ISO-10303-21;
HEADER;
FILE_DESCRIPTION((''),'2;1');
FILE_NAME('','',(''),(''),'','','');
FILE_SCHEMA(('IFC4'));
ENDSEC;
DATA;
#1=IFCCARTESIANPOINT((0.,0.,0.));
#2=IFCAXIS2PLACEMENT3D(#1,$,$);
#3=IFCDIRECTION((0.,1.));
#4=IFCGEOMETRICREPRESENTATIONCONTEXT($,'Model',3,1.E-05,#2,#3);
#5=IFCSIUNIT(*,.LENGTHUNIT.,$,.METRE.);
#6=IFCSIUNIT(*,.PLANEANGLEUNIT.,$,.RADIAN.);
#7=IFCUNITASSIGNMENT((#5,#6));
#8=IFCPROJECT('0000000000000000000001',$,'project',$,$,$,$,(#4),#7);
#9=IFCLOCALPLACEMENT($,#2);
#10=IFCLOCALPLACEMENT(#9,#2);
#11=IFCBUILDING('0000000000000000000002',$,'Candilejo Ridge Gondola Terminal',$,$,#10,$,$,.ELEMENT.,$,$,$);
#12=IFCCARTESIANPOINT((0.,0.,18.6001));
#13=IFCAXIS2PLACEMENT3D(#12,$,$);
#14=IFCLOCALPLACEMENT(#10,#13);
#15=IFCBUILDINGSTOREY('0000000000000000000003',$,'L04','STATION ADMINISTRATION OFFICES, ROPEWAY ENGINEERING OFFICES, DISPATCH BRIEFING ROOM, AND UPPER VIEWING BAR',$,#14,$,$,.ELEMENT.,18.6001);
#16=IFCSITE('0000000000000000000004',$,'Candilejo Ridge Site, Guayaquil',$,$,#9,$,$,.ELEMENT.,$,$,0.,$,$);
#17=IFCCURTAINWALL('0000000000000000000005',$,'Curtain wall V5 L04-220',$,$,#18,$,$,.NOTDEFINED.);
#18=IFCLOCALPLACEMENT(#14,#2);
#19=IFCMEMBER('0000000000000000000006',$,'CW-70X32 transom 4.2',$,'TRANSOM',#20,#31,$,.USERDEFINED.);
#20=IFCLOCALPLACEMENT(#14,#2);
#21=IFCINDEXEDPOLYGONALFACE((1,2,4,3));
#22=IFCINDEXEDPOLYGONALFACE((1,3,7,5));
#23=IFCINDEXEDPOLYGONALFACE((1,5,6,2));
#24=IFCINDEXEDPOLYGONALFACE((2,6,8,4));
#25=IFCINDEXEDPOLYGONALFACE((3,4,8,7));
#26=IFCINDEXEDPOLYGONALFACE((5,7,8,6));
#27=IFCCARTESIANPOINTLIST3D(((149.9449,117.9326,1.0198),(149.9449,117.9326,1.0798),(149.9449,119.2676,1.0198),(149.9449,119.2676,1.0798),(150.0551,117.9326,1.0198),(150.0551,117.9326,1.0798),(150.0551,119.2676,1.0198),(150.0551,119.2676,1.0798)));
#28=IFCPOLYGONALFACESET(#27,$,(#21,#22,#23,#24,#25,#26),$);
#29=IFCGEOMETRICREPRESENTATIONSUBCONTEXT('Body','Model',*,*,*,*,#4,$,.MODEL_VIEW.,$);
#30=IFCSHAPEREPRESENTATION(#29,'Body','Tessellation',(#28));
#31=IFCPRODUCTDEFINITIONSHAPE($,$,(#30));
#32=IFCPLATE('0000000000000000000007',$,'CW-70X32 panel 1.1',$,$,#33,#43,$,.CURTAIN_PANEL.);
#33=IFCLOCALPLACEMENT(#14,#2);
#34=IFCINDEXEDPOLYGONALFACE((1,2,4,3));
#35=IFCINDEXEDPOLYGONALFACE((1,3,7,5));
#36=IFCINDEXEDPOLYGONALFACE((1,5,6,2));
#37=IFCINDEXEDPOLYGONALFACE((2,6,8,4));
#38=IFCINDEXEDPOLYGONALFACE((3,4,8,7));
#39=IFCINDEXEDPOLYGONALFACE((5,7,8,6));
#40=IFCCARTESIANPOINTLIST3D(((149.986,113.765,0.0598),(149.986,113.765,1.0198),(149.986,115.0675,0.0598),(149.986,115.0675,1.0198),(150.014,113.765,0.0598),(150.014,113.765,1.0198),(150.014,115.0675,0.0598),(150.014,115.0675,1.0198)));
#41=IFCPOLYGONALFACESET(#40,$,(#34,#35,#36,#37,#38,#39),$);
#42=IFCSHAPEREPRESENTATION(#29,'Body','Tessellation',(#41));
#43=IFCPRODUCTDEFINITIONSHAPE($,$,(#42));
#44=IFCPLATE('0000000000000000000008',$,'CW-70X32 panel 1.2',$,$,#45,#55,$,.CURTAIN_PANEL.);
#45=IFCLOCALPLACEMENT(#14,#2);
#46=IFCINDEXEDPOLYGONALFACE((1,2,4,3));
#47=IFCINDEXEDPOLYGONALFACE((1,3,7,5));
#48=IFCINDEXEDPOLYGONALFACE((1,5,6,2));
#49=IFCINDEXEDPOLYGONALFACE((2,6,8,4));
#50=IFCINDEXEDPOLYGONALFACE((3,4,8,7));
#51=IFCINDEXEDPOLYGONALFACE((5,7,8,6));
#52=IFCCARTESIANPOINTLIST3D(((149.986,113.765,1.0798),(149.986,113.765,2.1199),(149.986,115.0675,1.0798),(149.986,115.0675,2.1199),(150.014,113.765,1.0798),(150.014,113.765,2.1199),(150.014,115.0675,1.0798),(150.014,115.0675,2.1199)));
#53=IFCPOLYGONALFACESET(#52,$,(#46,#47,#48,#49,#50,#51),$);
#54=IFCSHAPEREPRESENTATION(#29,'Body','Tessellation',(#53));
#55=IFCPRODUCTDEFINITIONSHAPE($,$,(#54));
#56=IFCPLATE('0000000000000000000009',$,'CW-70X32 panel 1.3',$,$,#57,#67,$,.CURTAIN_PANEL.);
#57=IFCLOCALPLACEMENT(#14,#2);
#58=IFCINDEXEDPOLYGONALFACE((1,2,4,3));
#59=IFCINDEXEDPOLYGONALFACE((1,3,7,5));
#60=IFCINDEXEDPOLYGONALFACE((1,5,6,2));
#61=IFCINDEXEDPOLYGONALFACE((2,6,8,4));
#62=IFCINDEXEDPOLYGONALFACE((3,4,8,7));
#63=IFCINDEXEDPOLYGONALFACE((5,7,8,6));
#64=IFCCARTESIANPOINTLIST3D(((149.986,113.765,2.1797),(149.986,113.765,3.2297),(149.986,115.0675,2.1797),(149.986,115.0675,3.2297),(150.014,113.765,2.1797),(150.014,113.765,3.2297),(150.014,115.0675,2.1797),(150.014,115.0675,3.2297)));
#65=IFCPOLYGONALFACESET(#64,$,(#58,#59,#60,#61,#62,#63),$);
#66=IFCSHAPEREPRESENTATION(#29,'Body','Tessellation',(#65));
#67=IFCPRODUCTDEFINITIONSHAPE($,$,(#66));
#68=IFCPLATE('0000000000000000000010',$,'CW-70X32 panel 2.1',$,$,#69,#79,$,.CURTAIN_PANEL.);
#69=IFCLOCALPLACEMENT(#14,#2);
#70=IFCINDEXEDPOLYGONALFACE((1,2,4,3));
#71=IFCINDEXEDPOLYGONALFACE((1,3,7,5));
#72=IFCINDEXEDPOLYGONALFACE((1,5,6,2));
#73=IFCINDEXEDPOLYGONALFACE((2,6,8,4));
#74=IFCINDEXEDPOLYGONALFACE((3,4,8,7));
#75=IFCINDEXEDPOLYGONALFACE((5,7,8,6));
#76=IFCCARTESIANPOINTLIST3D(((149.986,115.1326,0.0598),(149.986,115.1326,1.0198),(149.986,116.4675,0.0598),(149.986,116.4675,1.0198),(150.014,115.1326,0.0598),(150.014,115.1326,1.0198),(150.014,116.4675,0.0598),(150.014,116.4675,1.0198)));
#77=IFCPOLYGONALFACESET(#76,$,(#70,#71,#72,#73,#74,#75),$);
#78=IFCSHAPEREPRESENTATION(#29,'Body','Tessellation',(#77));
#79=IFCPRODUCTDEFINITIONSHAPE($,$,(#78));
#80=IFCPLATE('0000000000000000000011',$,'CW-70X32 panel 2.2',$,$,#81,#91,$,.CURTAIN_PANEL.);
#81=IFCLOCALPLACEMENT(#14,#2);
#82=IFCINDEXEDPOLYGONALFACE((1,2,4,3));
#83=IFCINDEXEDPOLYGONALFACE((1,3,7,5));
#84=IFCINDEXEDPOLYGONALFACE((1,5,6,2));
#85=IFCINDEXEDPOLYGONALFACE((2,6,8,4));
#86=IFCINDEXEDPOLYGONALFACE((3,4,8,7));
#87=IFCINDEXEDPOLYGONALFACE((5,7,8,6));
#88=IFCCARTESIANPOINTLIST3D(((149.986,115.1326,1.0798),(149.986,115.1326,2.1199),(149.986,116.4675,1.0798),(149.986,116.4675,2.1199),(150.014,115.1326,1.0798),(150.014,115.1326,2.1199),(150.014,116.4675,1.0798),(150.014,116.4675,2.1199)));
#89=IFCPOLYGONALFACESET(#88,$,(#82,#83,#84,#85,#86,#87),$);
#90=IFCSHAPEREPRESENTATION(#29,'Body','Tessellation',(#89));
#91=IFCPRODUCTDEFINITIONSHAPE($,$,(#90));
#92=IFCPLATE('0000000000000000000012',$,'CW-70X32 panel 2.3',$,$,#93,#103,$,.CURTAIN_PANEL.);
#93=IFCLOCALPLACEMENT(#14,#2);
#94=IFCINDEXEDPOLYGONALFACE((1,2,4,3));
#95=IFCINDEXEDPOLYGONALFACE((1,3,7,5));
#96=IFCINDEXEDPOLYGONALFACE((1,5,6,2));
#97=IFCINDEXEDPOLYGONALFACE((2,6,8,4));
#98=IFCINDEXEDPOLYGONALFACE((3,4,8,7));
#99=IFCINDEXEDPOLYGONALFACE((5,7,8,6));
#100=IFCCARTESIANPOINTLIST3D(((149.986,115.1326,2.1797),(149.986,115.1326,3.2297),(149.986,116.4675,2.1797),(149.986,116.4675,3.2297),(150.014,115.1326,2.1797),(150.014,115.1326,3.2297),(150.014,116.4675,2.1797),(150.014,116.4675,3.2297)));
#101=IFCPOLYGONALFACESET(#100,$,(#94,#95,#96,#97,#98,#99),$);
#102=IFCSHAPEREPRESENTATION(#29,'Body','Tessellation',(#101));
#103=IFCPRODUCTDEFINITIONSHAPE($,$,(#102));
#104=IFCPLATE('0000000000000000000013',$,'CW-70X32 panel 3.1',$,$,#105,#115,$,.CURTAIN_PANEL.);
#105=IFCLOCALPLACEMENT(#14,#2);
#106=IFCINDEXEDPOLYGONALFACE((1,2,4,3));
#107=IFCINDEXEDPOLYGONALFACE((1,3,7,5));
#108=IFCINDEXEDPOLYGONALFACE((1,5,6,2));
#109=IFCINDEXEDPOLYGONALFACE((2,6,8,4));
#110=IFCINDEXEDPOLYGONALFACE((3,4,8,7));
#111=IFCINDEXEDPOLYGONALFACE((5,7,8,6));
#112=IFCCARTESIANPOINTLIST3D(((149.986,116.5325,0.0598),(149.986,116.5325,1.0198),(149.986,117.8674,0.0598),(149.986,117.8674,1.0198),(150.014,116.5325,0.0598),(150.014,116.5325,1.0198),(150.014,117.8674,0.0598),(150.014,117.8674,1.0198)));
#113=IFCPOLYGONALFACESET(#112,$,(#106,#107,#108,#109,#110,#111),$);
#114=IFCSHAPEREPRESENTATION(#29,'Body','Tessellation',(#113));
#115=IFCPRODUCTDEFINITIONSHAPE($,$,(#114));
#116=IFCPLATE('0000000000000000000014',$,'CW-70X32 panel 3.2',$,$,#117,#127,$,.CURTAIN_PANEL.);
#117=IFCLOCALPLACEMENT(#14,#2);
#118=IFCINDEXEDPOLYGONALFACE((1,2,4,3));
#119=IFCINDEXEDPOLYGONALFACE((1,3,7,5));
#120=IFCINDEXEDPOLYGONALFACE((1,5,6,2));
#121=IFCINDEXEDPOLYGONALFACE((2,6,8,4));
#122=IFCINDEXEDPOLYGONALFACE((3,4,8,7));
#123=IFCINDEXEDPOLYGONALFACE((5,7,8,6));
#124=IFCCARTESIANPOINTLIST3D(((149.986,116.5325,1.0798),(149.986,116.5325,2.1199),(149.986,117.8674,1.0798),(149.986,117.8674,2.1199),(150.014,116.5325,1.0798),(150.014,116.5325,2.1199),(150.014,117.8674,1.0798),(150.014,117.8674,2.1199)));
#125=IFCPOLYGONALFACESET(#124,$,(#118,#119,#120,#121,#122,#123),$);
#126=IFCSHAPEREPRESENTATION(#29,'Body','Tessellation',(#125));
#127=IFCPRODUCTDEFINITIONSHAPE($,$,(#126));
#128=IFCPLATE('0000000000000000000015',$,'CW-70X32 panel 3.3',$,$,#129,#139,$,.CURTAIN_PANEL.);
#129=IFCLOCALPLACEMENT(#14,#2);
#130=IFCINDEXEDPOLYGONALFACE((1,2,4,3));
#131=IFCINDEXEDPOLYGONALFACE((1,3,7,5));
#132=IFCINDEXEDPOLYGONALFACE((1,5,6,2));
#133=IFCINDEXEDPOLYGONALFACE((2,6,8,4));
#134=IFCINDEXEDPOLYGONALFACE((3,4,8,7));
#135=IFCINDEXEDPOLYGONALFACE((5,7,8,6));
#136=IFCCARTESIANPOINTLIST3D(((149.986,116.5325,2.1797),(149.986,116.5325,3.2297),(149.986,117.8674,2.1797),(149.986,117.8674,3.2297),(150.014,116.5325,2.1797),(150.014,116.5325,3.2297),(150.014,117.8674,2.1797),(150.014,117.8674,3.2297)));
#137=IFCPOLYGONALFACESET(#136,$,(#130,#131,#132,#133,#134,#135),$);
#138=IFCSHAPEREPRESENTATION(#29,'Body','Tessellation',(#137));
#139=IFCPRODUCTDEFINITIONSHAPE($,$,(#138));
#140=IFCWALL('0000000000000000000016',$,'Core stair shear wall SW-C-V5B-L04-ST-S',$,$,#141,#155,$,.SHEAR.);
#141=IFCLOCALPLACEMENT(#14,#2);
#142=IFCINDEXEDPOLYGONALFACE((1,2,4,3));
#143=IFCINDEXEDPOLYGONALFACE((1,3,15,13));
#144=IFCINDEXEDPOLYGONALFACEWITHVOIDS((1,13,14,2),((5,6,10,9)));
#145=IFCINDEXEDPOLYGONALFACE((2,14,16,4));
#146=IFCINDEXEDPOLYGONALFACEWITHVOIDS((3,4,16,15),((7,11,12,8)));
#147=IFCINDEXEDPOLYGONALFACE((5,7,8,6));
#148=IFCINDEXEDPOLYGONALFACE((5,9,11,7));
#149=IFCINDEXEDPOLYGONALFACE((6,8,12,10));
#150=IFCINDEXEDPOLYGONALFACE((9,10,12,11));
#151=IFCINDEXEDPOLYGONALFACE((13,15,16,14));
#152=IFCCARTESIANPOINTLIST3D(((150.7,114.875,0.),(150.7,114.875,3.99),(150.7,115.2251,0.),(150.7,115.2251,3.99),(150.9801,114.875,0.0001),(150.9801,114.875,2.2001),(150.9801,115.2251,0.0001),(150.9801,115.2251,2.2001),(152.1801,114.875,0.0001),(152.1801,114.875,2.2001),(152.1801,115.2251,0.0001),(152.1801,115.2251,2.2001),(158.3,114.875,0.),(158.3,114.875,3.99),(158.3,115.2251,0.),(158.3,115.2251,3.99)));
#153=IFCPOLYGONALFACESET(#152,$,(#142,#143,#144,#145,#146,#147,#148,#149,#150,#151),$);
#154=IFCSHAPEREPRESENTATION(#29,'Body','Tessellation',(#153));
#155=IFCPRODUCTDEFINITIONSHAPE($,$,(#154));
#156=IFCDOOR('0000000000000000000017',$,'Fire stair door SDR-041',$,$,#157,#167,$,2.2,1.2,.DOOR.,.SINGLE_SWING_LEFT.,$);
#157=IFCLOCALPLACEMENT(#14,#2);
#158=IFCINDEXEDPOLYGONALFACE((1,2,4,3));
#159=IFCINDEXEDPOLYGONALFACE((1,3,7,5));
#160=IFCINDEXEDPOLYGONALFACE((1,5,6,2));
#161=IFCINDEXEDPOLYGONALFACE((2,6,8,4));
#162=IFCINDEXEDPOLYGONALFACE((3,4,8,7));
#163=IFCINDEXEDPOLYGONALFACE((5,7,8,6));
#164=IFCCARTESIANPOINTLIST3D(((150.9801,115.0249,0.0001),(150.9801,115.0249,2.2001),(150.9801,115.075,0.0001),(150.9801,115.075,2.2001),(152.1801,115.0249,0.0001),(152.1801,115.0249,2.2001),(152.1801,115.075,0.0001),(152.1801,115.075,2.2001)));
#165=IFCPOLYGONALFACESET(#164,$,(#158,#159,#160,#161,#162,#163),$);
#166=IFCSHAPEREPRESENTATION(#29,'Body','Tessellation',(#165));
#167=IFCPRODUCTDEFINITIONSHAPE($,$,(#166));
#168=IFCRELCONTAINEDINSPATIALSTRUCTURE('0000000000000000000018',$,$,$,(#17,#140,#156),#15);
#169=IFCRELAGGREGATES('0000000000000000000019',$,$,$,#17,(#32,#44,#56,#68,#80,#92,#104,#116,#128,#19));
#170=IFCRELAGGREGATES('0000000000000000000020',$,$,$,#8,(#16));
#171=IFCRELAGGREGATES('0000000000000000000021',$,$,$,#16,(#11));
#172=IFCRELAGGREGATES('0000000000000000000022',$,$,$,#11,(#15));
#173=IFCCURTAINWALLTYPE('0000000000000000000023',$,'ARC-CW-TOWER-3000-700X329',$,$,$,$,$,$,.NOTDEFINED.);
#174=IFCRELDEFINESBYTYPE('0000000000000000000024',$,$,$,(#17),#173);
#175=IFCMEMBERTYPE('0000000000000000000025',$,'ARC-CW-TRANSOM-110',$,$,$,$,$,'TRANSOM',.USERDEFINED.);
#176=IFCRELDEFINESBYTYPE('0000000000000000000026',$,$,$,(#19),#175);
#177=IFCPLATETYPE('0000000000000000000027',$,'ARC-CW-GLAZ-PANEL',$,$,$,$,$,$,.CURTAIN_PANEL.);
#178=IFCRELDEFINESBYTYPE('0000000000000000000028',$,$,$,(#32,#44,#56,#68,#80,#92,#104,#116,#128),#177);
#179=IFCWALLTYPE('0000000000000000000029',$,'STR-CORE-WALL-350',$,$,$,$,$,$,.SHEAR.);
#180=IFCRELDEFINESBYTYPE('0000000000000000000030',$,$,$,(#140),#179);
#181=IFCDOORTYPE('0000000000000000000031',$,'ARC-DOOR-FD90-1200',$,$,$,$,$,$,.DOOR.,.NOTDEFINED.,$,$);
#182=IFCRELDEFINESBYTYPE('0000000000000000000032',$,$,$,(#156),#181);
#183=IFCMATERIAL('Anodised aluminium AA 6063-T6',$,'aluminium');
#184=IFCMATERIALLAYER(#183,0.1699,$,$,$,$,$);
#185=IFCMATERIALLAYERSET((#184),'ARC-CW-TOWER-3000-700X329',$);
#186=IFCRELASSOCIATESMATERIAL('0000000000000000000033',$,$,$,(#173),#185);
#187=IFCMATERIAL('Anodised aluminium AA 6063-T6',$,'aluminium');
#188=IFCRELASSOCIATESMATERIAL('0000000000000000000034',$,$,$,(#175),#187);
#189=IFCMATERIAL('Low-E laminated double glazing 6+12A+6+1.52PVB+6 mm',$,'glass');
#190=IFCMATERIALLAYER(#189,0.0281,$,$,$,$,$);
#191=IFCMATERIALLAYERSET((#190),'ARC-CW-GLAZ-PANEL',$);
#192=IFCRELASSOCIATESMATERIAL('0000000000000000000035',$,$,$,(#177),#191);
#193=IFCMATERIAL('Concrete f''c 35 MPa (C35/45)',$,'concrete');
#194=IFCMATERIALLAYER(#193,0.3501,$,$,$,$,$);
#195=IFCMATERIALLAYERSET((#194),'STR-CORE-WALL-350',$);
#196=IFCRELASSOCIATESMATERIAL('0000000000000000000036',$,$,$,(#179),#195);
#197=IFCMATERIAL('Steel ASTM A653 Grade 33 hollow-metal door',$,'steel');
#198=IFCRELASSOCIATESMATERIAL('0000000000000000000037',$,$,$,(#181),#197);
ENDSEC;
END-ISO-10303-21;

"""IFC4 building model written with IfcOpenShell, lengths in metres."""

from ifc_helpers import new_model, si_unit, direction, frame, frame_2d, origin, origin_2d, place, context, subcontext, project, spatial, rectangle, extrude, material, layer, layer_set, material_profile, profile_set, type_object, element, fill, aggregate, save


model = new_model("IFC4")

# Units and contexts
model_context = context("Model", 3, precision=1e-05, world=origin(), true_north=direction((0.0, 1.0)))
body_context = subcontext(model_context, "Body", "Model", "MODEL_VIEW")
ifc_project = project(units=[si_unit("LENGTHUNIT", "METRE"), si_unit("PLANEANGLEUNIT", "RADIAN")], contexts=[model_context])

# Site, building, storey
site_placement = place(None, origin())
site = spatial("IfcSite", under=ifc_project, at=site_placement, Name="Candilejo Ridge Site, Guayaquil", CompositionType="ELEMENT", RefElevation=0.0)
building_placement = place(site_placement, origin())
building = spatial("IfcBuilding", under=site, at=building_placement, Name="Candilejo Ridge Gondola Terminal", CompositionType="ELEMENT")
storey_placement = place(building_placement, frame((0.0, 0.0, 18.6001)))
storey = spatial("IfcBuildingStorey", under=building, at=storey_placement, Name="L04", Description="STATION ADMINISTRATION OFFICES, ROPEWAY ENGINEERING OFFICES, DISPATCH BRIEFING ROOM, AND UPPER VIEWING BAR", CompositionType="ELEMENT", Elevation=18.6001)

# Curtain wall, member, plates
ifc_material_1 = material(Name="Anodised aluminium AA 6063-T6", Category="aluminium")
ifc_layer_1 = layer(ifc_material_1, 0.1699)
ifc_layer_set_1 = layer_set([ifc_layer_1], Name="ARC-CW-TOWER-3000-700X329")
curtain_wall_type = type_object("IfcCurtainWallType", Name="ARC-CW-TOWER-3000-700X329", PredefinedType="NOTDEFINED", material=ifc_layer_set_1)
curtain_wall_placement = place(storey_placement, origin())
curtain_wall = element("IfcCurtainWall", 1, at=curtain_wall_placement, inside=storey, type_object=curtain_wall_type, Name="Curtain wall V5 L04-220", PredefinedType="NOTDEFINED")
ifc_material_2 = material(Name="Anodised aluminium AA 6063-T6", Category="aluminium")
ifc_material_profile_1 = material_profile(ifc_material_2, rectangle(XDim=0.1101, YDim=0.0601, at=origin_2d()))
ifc_profile_set_1 = profile_set([ifc_material_profile_1], Name="Anodised aluminium AA 6063-T6")
member_type_1 = type_object("IfcMemberType", Name="ARC-CW-TRANSOM-110", ElementType="TRANSOM", PredefinedType="USERDEFINED", material=ifc_profile_set_1)
member_1_placement = place(storey_placement, frame((150.0, 117.9326, 1.0498), z_axis=(0.0, 1.0, 0.0), x_axis=(-1.0, 0.0, 0.0)))
member_1 = element("IfcMember", 2, at=member_1_placement, type_object=member_type_1, Name="CW-70X32 transom 4.2", ObjectType="TRANSOM", PredefinedType="USERDEFINED", context=body_context, shape_type="SweptSolid", body=[
    extrude(rectangle(XDim=0.1101, YDim=0.0601, at=origin_2d()), origin(), (0.0, 0.0, 1.0), 1.335),
])
ifc_material_3 = material(Name="Low-E laminated double glazing 6+12A+6+1.52PVB+6 mm", Category="glass")
ifc_layer_2 = layer(ifc_material_3, 0.0281)
ifc_layer_set_2 = layer_set([ifc_layer_2], Name="ARC-CW-GLAZ-PANEL")
plate_type = type_object("IfcPlateType", Name="ARC-CW-GLAZ-PANEL", PredefinedType="CURTAIN_PANEL", material=ifc_layer_set_2)
plate_1_placement = place(storey_placement, frame((150.0, 114.4163, 0.0598), z_axis=(0.0, 0.0, 1.0), x_axis=(0.0, 1.0, 0.0)))
plate_1 = element("IfcPlate", 3, at=plate_1_placement, type_object=plate_type, Name="CW-70X32 panel 1.1", PredefinedType="CURTAIN_PANEL", context=body_context, shape_type="SweptSolid", body=[
    extrude(rectangle(XDim=1.3025, YDim=0.0281, at=origin_2d()), origin(), (0.0, 0.0, 1.0), 0.96),
])
plate_2_placement = place(storey_placement, frame((150.0, 114.4163, 1.0798), z_axis=(0.0, 0.0, 1.0), x_axis=(0.0, 1.0, 0.0)))
plate_2 = element("IfcPlate", 4, at=plate_2_placement, type_object=plate_type, Name="CW-70X32 panel 1.2", PredefinedType="CURTAIN_PANEL", context=body_context, shape_type="SweptSolid", body=[
    extrude(rectangle(XDim=1.3025, YDim=0.0281, at=origin_2d()), origin(), (0.0, 0.0, 1.0), 1.04),
])
plate_3_placement = place(storey_placement, frame((150.0, 114.4163, 2.1797), z_axis=(0.0, 0.0, 1.0), x_axis=(0.0, 1.0, 0.0)))
plate_3 = element("IfcPlate", 5, at=plate_3_placement, type_object=plate_type, Name="CW-70X32 panel 1.3", PredefinedType="CURTAIN_PANEL", context=body_context, shape_type="SweptSolid", body=[
    extrude(rectangle(XDim=1.3025, YDim=0.0281, at=origin_2d()), origin(), (0.0, 0.0, 1.0), 1.05),
])
plate_4_placement = place(storey_placement, frame((150.0, 115.8, 0.0598), z_axis=(0.0, 0.0, 1.0), x_axis=(0.0, 1.0, 0.0)))
plate_4 = element("IfcPlate", 6, at=plate_4_placement, type_object=plate_type, Name="CW-70X32 panel 2.1", PredefinedType="CURTAIN_PANEL", context=body_context, shape_type="SweptSolid", body=[
    extrude(rectangle(XDim=1.335, YDim=0.0281, at=origin_2d()), origin(), (0.0, 0.0, 1.0), 0.96),
])
plate_5_placement = place(storey_placement, frame((150.0, 115.8, 1.0798), z_axis=(0.0, 0.0, 1.0), x_axis=(0.0, 1.0, 0.0)))
plate_5 = element("IfcPlate", 7, at=plate_5_placement, type_object=plate_type, Name="CW-70X32 panel 2.2", PredefinedType="CURTAIN_PANEL", context=body_context, shape_type="SweptSolid", body=[
    extrude(rectangle(XDim=1.335, YDim=0.0281, at=origin_2d()), origin(), (0.0, 0.0, 1.0), 1.04),
])
plate_6_placement = place(storey_placement, frame((150.0, 115.8, 2.1797), z_axis=(0.0, 0.0, 1.0), x_axis=(0.0, 1.0, 0.0)))
plate_6 = element("IfcPlate", 8, at=plate_6_placement, type_object=plate_type, Name="CW-70X32 panel 2.3", PredefinedType="CURTAIN_PANEL", context=body_context, shape_type="SweptSolid", body=[
    extrude(rectangle(XDim=1.335, YDim=0.0281, at=origin_2d()), origin(), (0.0, 0.0, 1.0), 1.05),
])
plate_7_placement = place(storey_placement, frame((150.0, 117.2, 0.0598), z_axis=(0.0, 0.0, 1.0), x_axis=(0.0, 1.0, 0.0)))
plate_7 = element("IfcPlate", 9, at=plate_7_placement, type_object=plate_type, Name="CW-70X32 panel 3.1", PredefinedType="CURTAIN_PANEL", context=body_context, shape_type="SweptSolid", body=[
    extrude(rectangle(XDim=1.335, YDim=0.0281, at=origin_2d()), origin(), (0.0, 0.0, 1.0), 0.96),
])
plate_8_placement = place(storey_placement, frame((150.0, 117.2, 1.0798), z_axis=(0.0, 0.0, 1.0), x_axis=(0.0, 1.0, 0.0)))
plate_8 = element("IfcPlate", 10, at=plate_8_placement, type_object=plate_type, Name="CW-70X32 panel 3.2", PredefinedType="CURTAIN_PANEL", context=body_context, shape_type="SweptSolid", body=[
    extrude(rectangle(XDim=1.335, YDim=0.0281, at=origin_2d()), origin(), (0.0, 0.0, 1.0), 1.04),
])
plate_9_placement = place(storey_placement, frame((150.0, 117.2, 2.1797), z_axis=(0.0, 0.0, 1.0), x_axis=(0.0, 1.0, 0.0)))
plate_9 = element("IfcPlate", 11, at=plate_9_placement, type_object=plate_type, Name="CW-70X32 panel 3.3", PredefinedType="CURTAIN_PANEL", context=body_context, shape_type="SweptSolid", body=[
    extrude(rectangle(XDim=1.335, YDim=0.0281, at=origin_2d()), origin(), (0.0, 0.0, 1.0), 1.05),
])
aggregate(curtain_wall, [plate_1, plate_2, plate_3, plate_4, plate_5, plate_6, plate_7, plate_8, plate_9, member_1])

# Wall, opening, door
ifc_material_4 = material(Name="Concrete f'c 35 MPa (C35/45)", Category="concrete")
ifc_layer_3 = layer(ifc_material_4, 0.3501)
ifc_layer_set_3 = layer_set([ifc_layer_3], Name="STR-CORE-WALL-350")
wall_type = type_object("IfcWallType", Name="STR-CORE-WALL-350", PredefinedType="SHEAR", material=ifc_layer_set_3)
wall_placement = place(storey_placement, frame((150.7, 115.05, 0.0), z_axis=(0.0, 0.0, 1.0), x_axis=(1.0, 0.0, 0.0)))
wall = element("IfcWall", 12, at=wall_placement, inside=storey, type_object=wall_type, Name="Core stair shear wall SW-C-V5B-L04-ST-S", PredefinedType="SHEAR", context=body_context, shape_type="SweptSolid", body=[
    extrude(rectangle(XDim=7.6001, YDim=0.3501, at=frame_2d((3.8, 0.0))), origin(), (0.0, 0.0, 1.0), 3.99),
])
opening_placement = place(wall_placement, frame((0.28, 0.0, 0.0)))
opening = element("IfcOpeningElement", 13, at=opening_placement, cuts=wall, PredefinedType="OPENING", context=body_context, shape_type="SweptSolid", body=[
    extrude(rectangle(XDim=1.2, YDim=2.2, at=frame_2d((0.6001, 1.1001))), frame((0.0, 0.1851, 0.0), z_axis=(0.0, -1.0, 0.0), x_axis=(1.0, 0.0, 0.0)), (0.0, 0.0, 1.0), 0.3701),
])
ifc_material_5 = material(Name="Steel ASTM A653 Grade 33 hollow-metal door", Category="steel")
door_type = type_object("IfcDoorType", Name="ARC-DOOR-FD90-1200", OperationType="NOTDEFINED", PredefinedType="DOOR", material=ifc_material_5)
door_placement = place(opening_placement, origin())
door = element("IfcDoor", 14, at=door_placement, inside=storey, type_object=door_type, Name="Fire stair door SDR-041", OperationType="SINGLE_SWING_LEFT", OverallHeight=2.2, OverallWidth=1.2, PredefinedType="DOOR", context=body_context, shape_type="SweptSolid", body=[
    extrude(rectangle(XDim=1.2, YDim=2.2, at=frame_2d((0.6001, 1.1001))), frame((0.0, 0.0249, 0.0), z_axis=(0.0, -1.0, 0.0), x_axis=(1.0, 0.0, 0.0)), (0.0, 0.0, 1.0), 0.05),
])
fill(opening, door)

save(model, "model.ifc")
